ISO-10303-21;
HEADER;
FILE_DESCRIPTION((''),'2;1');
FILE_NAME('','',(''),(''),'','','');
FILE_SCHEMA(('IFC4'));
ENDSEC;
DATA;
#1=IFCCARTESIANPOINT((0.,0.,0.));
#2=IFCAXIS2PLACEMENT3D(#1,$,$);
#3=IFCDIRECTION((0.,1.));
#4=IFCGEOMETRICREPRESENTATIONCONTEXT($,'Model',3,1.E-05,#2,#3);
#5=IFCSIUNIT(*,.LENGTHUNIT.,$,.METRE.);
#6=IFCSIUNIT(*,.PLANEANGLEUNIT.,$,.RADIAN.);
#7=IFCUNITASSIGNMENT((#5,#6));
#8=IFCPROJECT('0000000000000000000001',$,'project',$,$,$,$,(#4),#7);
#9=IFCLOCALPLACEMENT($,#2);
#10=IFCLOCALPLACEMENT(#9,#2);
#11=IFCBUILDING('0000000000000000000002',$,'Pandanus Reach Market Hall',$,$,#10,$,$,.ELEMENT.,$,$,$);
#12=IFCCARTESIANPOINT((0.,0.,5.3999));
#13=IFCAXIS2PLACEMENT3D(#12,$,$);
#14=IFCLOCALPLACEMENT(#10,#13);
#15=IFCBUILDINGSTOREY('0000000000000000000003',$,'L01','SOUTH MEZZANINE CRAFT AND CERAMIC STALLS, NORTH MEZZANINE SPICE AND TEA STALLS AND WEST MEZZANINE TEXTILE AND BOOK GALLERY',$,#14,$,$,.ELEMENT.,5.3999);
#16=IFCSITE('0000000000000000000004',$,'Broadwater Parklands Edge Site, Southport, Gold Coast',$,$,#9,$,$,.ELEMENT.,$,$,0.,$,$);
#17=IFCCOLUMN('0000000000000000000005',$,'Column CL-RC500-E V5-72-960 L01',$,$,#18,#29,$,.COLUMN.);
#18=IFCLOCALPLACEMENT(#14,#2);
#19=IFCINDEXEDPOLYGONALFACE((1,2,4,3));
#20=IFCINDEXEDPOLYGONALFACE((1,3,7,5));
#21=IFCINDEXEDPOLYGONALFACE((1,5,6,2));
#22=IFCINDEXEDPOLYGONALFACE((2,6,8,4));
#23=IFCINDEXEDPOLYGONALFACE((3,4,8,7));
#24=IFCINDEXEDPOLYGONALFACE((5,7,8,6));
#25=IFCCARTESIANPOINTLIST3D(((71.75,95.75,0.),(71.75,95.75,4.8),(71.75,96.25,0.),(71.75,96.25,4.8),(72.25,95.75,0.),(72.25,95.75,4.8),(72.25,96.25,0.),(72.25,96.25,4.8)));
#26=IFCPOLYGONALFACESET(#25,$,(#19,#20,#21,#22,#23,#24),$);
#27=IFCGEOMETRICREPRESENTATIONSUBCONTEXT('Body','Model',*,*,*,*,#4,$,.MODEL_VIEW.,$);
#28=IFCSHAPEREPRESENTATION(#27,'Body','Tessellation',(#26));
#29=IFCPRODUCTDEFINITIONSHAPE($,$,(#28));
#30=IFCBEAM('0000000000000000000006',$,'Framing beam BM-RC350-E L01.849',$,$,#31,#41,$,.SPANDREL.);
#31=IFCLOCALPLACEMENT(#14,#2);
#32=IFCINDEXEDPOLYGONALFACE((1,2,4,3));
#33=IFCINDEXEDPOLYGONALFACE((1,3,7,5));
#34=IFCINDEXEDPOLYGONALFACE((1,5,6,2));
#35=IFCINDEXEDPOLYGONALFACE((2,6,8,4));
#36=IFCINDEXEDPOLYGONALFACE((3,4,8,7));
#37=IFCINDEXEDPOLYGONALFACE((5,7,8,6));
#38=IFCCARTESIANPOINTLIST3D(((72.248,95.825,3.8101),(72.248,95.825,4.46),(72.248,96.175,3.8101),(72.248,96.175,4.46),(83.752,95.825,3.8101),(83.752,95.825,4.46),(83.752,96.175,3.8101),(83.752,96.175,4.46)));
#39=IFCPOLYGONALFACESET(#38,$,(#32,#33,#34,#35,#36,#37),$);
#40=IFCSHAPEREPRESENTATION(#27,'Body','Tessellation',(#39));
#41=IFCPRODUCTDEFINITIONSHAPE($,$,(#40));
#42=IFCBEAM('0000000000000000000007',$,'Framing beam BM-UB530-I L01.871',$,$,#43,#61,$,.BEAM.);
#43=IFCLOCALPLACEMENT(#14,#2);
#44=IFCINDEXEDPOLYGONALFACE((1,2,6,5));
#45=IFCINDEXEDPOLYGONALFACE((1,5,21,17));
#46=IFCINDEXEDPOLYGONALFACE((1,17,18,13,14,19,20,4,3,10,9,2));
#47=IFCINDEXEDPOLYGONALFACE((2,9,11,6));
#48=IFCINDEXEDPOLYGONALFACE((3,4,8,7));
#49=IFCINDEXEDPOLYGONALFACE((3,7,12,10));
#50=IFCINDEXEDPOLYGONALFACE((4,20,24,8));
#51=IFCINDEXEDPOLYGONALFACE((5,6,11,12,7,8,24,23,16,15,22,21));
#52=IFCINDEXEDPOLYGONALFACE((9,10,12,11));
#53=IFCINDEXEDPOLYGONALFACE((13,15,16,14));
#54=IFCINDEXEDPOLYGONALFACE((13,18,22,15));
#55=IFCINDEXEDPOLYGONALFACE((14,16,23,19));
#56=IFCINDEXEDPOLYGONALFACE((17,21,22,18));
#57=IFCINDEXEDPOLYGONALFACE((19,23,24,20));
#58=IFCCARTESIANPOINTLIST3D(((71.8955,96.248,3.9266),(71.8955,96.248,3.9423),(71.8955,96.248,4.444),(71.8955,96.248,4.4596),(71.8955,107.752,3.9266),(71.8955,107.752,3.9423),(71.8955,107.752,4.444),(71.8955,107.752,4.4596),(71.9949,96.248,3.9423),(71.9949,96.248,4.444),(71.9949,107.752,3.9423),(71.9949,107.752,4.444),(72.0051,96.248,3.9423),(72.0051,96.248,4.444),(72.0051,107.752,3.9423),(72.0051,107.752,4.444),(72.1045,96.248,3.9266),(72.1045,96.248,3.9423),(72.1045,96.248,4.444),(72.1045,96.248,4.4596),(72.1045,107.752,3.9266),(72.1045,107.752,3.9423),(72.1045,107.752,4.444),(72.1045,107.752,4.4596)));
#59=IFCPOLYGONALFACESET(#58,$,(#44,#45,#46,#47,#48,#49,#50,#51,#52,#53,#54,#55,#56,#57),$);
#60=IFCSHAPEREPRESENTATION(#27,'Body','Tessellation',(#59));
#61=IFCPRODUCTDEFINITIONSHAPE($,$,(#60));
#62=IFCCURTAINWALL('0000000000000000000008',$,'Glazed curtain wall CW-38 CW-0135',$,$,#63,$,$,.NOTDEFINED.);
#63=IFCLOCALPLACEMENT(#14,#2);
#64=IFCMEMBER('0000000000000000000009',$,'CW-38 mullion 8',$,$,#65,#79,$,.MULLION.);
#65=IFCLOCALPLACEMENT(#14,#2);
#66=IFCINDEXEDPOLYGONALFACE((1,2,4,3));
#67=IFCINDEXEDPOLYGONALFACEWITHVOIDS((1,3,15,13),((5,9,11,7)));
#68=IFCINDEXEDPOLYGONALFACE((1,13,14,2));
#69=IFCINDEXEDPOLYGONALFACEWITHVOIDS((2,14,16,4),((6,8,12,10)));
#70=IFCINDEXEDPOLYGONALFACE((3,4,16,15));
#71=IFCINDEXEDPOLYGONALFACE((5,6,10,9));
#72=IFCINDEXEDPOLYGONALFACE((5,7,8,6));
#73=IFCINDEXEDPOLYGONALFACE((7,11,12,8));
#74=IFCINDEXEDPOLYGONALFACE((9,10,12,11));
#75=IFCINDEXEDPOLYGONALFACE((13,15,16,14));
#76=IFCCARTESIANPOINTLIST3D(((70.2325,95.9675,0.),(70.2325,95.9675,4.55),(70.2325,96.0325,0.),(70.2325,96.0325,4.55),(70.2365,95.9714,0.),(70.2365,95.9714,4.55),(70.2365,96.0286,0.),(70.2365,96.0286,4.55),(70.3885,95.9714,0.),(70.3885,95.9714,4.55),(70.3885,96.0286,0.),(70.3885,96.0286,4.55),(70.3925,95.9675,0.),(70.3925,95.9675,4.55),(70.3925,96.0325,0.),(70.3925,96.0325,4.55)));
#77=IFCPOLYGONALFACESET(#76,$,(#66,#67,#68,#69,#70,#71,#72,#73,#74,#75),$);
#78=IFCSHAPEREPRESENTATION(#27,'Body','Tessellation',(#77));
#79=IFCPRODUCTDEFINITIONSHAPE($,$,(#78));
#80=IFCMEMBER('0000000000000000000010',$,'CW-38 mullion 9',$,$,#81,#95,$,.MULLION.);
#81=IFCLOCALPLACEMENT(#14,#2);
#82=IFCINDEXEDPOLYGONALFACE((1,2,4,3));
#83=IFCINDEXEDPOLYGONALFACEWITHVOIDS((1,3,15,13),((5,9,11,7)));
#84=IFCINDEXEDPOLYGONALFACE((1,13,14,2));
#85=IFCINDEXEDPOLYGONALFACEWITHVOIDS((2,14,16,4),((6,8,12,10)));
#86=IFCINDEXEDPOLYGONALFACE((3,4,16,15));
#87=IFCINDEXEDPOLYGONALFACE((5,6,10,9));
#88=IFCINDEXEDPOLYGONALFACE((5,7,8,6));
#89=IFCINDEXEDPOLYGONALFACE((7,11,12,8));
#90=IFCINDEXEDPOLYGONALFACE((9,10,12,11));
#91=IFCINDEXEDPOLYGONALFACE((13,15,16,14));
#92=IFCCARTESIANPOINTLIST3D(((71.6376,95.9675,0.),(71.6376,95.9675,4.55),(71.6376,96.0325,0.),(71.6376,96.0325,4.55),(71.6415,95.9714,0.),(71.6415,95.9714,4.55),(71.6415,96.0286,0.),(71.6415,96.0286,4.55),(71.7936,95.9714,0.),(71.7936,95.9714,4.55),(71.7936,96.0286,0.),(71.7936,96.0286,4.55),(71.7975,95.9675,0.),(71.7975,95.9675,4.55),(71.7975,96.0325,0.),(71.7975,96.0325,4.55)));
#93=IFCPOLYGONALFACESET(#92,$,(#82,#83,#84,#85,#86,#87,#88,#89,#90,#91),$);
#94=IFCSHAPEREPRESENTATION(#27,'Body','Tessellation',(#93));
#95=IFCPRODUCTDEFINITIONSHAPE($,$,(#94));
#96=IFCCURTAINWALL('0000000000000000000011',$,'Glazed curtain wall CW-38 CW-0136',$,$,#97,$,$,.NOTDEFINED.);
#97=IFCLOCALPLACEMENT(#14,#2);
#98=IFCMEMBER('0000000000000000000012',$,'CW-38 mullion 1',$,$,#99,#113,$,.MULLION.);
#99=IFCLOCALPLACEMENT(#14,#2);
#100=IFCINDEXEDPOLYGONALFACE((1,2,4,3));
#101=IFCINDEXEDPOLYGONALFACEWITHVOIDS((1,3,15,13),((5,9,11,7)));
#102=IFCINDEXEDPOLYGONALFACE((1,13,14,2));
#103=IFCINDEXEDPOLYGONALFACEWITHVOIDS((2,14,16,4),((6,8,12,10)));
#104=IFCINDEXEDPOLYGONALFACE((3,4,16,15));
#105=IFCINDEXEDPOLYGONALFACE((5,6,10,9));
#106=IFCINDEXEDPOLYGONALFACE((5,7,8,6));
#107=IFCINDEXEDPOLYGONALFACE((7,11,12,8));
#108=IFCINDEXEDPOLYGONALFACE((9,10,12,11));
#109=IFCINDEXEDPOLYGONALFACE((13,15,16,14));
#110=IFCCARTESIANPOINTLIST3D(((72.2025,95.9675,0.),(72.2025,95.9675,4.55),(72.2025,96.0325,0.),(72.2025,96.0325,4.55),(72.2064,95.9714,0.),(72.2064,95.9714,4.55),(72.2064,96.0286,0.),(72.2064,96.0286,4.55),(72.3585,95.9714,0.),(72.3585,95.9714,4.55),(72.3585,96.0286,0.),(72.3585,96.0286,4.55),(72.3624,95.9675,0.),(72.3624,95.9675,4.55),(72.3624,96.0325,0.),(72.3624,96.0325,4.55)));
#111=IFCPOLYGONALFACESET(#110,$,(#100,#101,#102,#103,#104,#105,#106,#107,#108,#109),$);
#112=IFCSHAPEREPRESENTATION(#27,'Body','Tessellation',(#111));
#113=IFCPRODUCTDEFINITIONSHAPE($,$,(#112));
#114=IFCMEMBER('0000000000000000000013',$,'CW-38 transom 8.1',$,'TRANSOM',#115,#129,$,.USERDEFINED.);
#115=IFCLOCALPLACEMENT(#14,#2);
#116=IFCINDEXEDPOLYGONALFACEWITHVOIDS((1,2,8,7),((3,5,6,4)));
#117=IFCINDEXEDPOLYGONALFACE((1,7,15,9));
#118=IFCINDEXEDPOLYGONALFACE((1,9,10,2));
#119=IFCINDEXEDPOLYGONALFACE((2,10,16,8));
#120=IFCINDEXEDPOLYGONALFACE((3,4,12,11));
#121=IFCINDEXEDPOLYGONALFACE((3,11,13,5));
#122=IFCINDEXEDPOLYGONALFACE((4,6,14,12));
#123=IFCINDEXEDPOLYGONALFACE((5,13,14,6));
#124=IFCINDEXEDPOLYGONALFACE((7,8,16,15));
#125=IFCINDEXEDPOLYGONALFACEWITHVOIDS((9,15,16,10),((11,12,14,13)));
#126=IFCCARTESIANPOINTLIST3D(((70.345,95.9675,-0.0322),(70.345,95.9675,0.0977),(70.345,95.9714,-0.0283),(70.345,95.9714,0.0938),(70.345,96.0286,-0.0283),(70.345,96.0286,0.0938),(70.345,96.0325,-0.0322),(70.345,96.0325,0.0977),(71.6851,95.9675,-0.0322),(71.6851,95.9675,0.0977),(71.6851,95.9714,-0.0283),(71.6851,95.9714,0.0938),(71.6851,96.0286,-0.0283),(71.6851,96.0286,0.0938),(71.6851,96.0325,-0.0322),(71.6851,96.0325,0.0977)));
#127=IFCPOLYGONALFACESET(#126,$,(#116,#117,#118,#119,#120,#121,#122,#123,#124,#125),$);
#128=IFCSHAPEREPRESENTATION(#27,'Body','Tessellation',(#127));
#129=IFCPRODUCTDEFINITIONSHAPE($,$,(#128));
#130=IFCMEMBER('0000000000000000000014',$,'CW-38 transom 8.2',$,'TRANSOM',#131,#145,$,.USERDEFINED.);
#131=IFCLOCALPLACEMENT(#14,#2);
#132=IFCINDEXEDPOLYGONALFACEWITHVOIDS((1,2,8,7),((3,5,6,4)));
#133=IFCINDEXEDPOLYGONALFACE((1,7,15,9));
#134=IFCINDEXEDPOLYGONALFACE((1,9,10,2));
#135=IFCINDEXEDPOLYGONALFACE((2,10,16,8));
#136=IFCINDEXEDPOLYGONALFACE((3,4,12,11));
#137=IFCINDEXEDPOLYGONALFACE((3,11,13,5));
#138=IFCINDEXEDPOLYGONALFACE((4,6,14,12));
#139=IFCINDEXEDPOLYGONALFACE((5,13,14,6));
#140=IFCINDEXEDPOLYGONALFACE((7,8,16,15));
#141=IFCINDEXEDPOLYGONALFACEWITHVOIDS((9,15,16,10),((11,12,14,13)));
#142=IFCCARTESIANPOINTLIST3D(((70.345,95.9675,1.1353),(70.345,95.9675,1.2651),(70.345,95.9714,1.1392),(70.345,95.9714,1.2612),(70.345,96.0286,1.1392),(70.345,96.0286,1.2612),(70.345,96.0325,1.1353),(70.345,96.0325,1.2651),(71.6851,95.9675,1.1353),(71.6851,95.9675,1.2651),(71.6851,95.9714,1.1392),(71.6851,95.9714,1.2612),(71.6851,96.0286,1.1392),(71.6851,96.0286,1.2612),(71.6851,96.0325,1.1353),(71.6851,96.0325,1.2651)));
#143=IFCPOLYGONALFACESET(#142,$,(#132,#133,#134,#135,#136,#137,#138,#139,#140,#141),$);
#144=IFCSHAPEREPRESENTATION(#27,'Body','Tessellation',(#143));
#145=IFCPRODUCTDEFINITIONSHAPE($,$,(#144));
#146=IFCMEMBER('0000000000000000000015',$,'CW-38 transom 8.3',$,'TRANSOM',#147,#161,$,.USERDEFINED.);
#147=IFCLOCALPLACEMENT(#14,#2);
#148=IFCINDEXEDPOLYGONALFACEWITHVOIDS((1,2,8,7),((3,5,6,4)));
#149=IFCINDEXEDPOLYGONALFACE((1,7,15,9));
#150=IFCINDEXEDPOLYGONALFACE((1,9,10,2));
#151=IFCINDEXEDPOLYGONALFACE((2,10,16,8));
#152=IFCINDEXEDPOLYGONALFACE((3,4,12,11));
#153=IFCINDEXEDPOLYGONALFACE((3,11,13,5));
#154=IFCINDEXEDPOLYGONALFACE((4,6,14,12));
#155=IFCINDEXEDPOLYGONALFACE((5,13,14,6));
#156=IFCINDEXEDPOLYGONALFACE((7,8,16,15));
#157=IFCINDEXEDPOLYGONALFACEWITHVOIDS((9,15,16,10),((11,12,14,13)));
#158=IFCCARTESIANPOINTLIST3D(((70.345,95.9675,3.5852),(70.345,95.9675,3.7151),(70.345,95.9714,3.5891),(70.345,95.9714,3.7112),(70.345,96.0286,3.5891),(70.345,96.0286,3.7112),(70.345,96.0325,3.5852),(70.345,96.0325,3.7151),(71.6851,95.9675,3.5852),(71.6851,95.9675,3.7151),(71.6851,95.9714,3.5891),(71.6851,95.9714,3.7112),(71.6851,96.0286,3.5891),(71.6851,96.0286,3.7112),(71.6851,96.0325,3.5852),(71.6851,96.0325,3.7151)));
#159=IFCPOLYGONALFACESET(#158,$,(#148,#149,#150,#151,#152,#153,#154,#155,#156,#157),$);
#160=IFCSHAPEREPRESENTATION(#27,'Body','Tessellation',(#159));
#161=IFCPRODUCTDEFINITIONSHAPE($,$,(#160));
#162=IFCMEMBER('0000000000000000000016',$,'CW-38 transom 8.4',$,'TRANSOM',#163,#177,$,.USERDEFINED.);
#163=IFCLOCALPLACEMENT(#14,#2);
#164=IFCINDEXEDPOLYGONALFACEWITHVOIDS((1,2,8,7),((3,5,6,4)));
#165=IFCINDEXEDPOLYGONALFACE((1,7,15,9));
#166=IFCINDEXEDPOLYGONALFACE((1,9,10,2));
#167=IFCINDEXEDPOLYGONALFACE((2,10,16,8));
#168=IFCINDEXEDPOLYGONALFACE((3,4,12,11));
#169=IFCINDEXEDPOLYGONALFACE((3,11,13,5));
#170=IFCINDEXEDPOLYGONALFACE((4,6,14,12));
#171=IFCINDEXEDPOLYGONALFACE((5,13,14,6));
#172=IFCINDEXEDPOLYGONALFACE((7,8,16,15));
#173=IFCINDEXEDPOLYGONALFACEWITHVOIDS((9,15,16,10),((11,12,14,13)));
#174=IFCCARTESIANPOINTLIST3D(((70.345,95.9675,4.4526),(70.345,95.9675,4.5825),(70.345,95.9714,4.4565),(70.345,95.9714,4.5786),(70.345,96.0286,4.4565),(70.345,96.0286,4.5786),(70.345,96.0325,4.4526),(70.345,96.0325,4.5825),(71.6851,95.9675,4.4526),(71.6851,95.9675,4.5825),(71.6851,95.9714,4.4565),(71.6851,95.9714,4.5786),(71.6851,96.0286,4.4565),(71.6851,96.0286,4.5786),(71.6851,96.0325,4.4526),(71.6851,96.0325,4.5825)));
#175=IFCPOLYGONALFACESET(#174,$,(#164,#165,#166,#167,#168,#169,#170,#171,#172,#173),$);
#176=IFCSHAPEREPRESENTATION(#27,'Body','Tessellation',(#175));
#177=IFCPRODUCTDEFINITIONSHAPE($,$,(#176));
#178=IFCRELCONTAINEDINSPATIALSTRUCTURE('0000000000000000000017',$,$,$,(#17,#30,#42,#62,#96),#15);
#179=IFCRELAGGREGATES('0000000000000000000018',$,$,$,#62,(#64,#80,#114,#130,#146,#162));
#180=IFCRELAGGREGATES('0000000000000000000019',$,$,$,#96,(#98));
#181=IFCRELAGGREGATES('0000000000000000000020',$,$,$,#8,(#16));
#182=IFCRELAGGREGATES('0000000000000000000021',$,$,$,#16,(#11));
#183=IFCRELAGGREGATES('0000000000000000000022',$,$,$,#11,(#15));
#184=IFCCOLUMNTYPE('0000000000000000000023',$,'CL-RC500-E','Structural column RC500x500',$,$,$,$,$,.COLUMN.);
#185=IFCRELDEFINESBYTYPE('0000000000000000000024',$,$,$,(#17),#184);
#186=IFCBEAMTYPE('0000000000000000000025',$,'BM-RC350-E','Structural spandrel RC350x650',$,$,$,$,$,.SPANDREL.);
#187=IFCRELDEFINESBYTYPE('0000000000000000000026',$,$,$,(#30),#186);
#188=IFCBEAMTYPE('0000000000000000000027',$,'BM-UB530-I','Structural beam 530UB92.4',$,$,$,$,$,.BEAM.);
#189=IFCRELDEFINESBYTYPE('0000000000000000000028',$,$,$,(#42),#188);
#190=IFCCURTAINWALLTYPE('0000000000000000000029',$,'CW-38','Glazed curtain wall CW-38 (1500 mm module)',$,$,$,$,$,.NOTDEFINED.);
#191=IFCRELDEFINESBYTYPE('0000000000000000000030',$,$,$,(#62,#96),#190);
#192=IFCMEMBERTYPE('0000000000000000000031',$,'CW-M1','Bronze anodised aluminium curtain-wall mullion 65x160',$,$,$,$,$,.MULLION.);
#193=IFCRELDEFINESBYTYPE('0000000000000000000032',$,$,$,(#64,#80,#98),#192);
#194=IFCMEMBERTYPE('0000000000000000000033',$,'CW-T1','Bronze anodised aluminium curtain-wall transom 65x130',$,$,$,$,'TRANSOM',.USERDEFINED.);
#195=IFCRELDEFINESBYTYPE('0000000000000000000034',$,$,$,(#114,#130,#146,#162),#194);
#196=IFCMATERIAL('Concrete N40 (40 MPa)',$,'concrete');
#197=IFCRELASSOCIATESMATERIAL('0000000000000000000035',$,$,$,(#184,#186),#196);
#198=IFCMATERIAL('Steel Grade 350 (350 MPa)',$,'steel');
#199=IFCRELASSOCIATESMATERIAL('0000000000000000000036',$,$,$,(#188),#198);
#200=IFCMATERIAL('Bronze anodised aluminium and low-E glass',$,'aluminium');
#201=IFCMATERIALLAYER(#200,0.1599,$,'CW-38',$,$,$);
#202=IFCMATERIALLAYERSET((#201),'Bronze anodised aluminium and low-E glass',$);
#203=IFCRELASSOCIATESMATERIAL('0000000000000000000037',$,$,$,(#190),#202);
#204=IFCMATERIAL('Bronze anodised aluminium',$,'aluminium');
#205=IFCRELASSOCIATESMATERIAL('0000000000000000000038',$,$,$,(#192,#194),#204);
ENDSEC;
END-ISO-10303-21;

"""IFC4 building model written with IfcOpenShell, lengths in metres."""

from ifc_helpers import new_model, si_unit, direction, frame, origin, origin_2d, place, context, subcontext, project, spatial, rectangle, hollow_rectangle, i_section, extrude, material, layer, layer_set, material_profile, profile_set, type_object, element, aggregate, save


model = new_model("IFC4")

# Units and contexts
model_context = context("Model", 3, precision=1e-05, world=origin(), true_north=direction((0.0, 1.0)))
body_context = subcontext(model_context, "Body", "Model", "MODEL_VIEW")
ifc_project = project(units=[si_unit("LENGTHUNIT", "METRE"), si_unit("PLANEANGLEUNIT", "RADIAN")], contexts=[model_context])

# Site, building, storey
site_placement = place(None, origin())
site = spatial("IfcSite", under=ifc_project, at=site_placement, Name="Broadwater Parklands Edge Site, Southport, Gold Coast", CompositionType="ELEMENT", RefElevation=0.0)
building_placement = place(site_placement, origin())
building = spatial("IfcBuilding", under=site, at=building_placement, Name="Pandanus Reach Market Hall", CompositionType="ELEMENT")
storey_placement = place(building_placement, frame((0.0, 0.0, 5.3999)))
storey = spatial("IfcBuildingStorey", under=building, at=storey_placement, Name="L01", Description="SOUTH MEZZANINE CRAFT AND CERAMIC STALLS, NORTH MEZZANINE SPICE AND TEA STALLS AND WEST MEZZANINE TEXTILE AND BOOK GALLERY", CompositionType="ELEMENT", Elevation=5.3999)

# Column
ifc_material_1 = material(Name="Concrete N40 (40 MPa)", Category="concrete")
ifc_material_profile_1 = material_profile(ifc_material_1, rectangle(XDim=0.5, YDim=0.5, at=origin_2d()), Name="RC500x500", Category="LoadBearing")
ifc_profile_set_1 = profile_set([ifc_material_profile_1], Name="Concrete N40 (40 MPa)")
column_type = type_object("IfcColumnType", Name="CL-RC500-E", Description="Structural column RC500x500", PredefinedType="COLUMN", material=ifc_profile_set_1)
column_placement = place(storey_placement, frame((72.0, 96.0, 0.0), z_axis=(0.0, 0.0, 1.0), x_axis=(1.0, 0.0, 0.0)))
element("IfcColumn", 1, at=column_placement, inside=storey, type_object=column_type, Name="Column CL-RC500-E V5-72-960 L01", PredefinedType="COLUMN", context=body_context, shape_type="SweptSolid", body=[
    extrude(rectangle(XDim=0.5, YDim=0.5, at=origin_2d()), origin(), (0.0, 0.0, 1.0), 4.8),
])

# Beams
ifc_material_profile_2 = material_profile(ifc_material_1, rectangle(XDim=0.3501, YDim=0.6499, at=origin_2d()), Name="RC350x650", Category="LoadBearing")
ifc_profile_set_2 = profile_set([ifc_material_profile_2], Name="Concrete N40 (40 MPa)")
beam_type_1 = type_object("IfcBeamType", Name="BM-RC350-E", Description="Structural spandrel RC350x650", PredefinedType="SPANDREL", material=ifc_profile_set_2)
beam_1_placement = place(storey_placement, frame((72.248, 96.0, 4.135), z_axis=(1.0, 0.0, 0.0), x_axis=(0.0, 1.0, 0.0)))
element("IfcBeam", 2, at=beam_1_placement, inside=storey, type_object=beam_type_1, Name="Framing beam BM-RC350-E L01.849", PredefinedType="SPANDREL", context=body_context, shape_type="SweptSolid", body=[
    extrude(rectangle(XDim=0.3501, YDim=0.6499, at=origin_2d()), origin(), (0.0, 0.0, 1.0), 11.5039),
])
ifc_material_2 = material(Name="Steel Grade 350 (350 MPa)", Category="steel")
ifc_material_profile_3 = material_profile(ifc_material_2, i_section(OverallWidth=0.209, OverallDepth=0.533, WebThickness=0.0103, FlangeThickness=0.0156, at=origin_2d()), Name="530UB92.4", Category="LoadBearing")
ifc_profile_set_3 = profile_set([ifc_material_profile_3], Name="Steel Grade 350 (350 MPa)")
beam_type_2 = type_object("IfcBeamType", Name="BM-UB530-I", Description="Structural beam 530UB92.4", PredefinedType="BEAM", material=ifc_profile_set_3)
beam_2_placement = place(storey_placement, frame((72.0, 96.248, 4.1931), z_axis=(0.0, 1.0, 0.0), x_axis=(-1.0, 0.0, 0.0)))
element("IfcBeam", 3, at=beam_2_placement, inside=storey, type_object=beam_type_2, Name="Framing beam BM-UB530-I L01.871", PredefinedType="BEAM", context=body_context, shape_type="SweptSolid", body=[
    extrude(i_section(OverallWidth=0.209, OverallDepth=0.533, WebThickness=0.0103, FlangeThickness=0.0156, at=origin_2d()), origin(), (0.0, 0.0, 1.0), 11.5039),
])

# Curtain wall, members
ifc_material_3 = material(Name="Bronze anodised aluminium and low-E glass", Category="aluminium")
ifc_layer_1 = layer(ifc_material_3, 0.1599, Name="CW-38")
ifc_layer_set_1 = layer_set([ifc_layer_1], Name="Bronze anodised aluminium and low-E glass")
curtain_wall_type = type_object("IfcCurtainWallType", Name="CW-38", Description="Glazed curtain wall CW-38 (1500 mm module)", PredefinedType="NOTDEFINED", material=ifc_layer_set_1)
curtain_wall_1_placement = place(storey_placement, origin())
curtain_wall_1 = element("IfcCurtainWall", 4, at=curtain_wall_1_placement, inside=storey, type_object=curtain_wall_type, Name="Glazed curtain wall CW-38 CW-0135", PredefinedType="NOTDEFINED")
ifc_material_4 = material(Name="Bronze anodised aluminium", Category="aluminium")
ifc_material_profile_4 = material_profile(ifc_material_4, hollow_rectangle(XDim=0.0649, YDim=0.1599, WallThickness=0.0039, at=origin_2d()), Name="ALU65x160", Category="LoadBearing")
ifc_profile_set_4 = profile_set([ifc_material_profile_4], Name="Bronze anodised aluminium")
member_type_1 = type_object("IfcMemberType", Name="CW-M1", Description="Bronze anodised aluminium curtain-wall mullion 65x160", PredefinedType="MULLION", material=ifc_profile_set_4)
member_1_placement = place(storey_placement, frame((70.3125, 96.0, 0.0), z_axis=(0.0, 0.0, 1.0), x_axis=(0.0, 1.0, 0.0)))
member_1 = element("IfcMember", 5, at=member_1_placement, type_object=member_type_1, Name="CW-38 mullion 8", PredefinedType="MULLION", context=body_context, shape_type="SweptSolid", body=[
    extrude(hollow_rectangle(XDim=0.0649, YDim=0.1599, WallThickness=0.0039, at=origin_2d()), origin(), (0.0, 0.0, 1.0), 4.55),
])
member_2_placement = place(storey_placement, frame((71.7175, 96.0, 0.0), z_axis=(0.0, 0.0, 1.0), x_axis=(0.0, 1.0, 0.0)))
member_2 = element("IfcMember", 6, at=member_2_placement, type_object=member_type_1, Name="CW-38 mullion 9", PredefinedType="MULLION", context=body_context, shape_type="SweptSolid", body=[
    extrude(hollow_rectangle(XDim=0.0649, YDim=0.1599, WallThickness=0.0039, at=origin_2d()), origin(), (0.0, 0.0, 1.0), 4.55),
])

# Curtain wall, member
curtain_wall_2_placement = place(storey_placement, origin())
curtain_wall_2 = element("IfcCurtainWall", 7, at=curtain_wall_2_placement, inside=storey, type_object=curtain_wall_type, Name="Glazed curtain wall CW-38 CW-0136", PredefinedType="NOTDEFINED")
member_3_placement = place(storey_placement, frame((72.2825, 96.0, 0.0), z_axis=(0.0, 0.0, 1.0), x_axis=(0.0, 1.0, 0.0)))
member_3 = element("IfcMember", 8, at=member_3_placement, type_object=member_type_1, Name="CW-38 mullion 1", PredefinedType="MULLION", context=body_context, shape_type="SweptSolid", body=[
    extrude(hollow_rectangle(XDim=0.0649, YDim=0.1599, WallThickness=0.0039, at=origin_2d()), origin(), (0.0, 0.0, 1.0), 4.55),
])

# Members
ifc_material_profile_5 = material_profile(ifc_material_4, hollow_rectangle(XDim=0.0649, YDim=0.1299, WallThickness=0.0039, at=origin_2d()), Name="ALU65x130", Category="LoadBearing")
ifc_profile_set_5 = profile_set([ifc_material_profile_5], Name="Bronze anodised aluminium")
member_type_2 = type_object("IfcMemberType", Name="CW-T1", Description="Bronze anodised aluminium curtain-wall transom 65x130", ElementType="TRANSOM", PredefinedType="USERDEFINED", material=ifc_profile_set_5)
member_4_placement = place(storey_placement, frame((70.345, 96.0, 0.0327), z_axis=(1.0, 0.0, 0.0), x_axis=(0.0, 1.0, 0.0)))
member_4 = element("IfcMember", 9, at=member_4_placement, type_object=member_type_2, Name="CW-38 transom 8.1", ObjectType="TRANSOM", PredefinedType="USERDEFINED", context=body_context, shape_type="SweptSolid", body=[
    extrude(hollow_rectangle(XDim=0.0649, YDim=0.1299, WallThickness=0.0039, at=origin_2d()), origin(), (0.0, 0.0, 1.0), 1.3401),
])
member_5_placement = place(storey_placement, frame((70.345, 96.0, 1.2002), z_axis=(1.0, 0.0, 0.0), x_axis=(0.0, 1.0, 0.0)))
member_5 = element("IfcMember", 10, at=member_5_placement, type_object=member_type_2, Name="CW-38 transom 8.2", ObjectType="TRANSOM", PredefinedType="USERDEFINED", context=body_context, shape_type="SweptSolid", body=[
    extrude(hollow_rectangle(XDim=0.0649, YDim=0.1299, WallThickness=0.0039, at=origin_2d()), origin(), (0.0, 0.0, 1.0), 1.3401),
])
member_6_placement = place(storey_placement, frame((70.345, 96.0, 3.6501), z_axis=(1.0, 0.0, 0.0), x_axis=(0.0, 1.0, 0.0)))
member_6 = element("IfcMember", 11, at=member_6_placement, type_object=member_type_2, Name="CW-38 transom 8.3", ObjectType="TRANSOM", PredefinedType="USERDEFINED", context=body_context, shape_type="SweptSolid", body=[
    extrude(hollow_rectangle(XDim=0.0649, YDim=0.1299, WallThickness=0.0039, at=origin_2d()), origin(), (0.0, 0.0, 1.0), 1.3401),
])
member_7_placement = place(storey_placement, frame((70.345, 96.0, 4.5176), z_axis=(1.0, 0.0, 0.0), x_axis=(0.0, 1.0, 0.0)))
member_7 = element("IfcMember", 12, at=member_7_placement, type_object=member_type_2, Name="CW-38 transom 8.4", ObjectType="TRANSOM", PredefinedType="USERDEFINED", context=body_context, shape_type="SweptSolid", body=[
    extrude(hollow_rectangle(XDim=0.0649, YDim=0.1299, WallThickness=0.0039, at=origin_2d()), origin(), (0.0, 0.0, 1.0), 1.3401),
])

aggregate(curtain_wall_1, [member_1, member_2, member_4, member_5, member_6, member_7])
aggregate(curtain_wall_2, [member_3])

save(model, "model.ifc")
